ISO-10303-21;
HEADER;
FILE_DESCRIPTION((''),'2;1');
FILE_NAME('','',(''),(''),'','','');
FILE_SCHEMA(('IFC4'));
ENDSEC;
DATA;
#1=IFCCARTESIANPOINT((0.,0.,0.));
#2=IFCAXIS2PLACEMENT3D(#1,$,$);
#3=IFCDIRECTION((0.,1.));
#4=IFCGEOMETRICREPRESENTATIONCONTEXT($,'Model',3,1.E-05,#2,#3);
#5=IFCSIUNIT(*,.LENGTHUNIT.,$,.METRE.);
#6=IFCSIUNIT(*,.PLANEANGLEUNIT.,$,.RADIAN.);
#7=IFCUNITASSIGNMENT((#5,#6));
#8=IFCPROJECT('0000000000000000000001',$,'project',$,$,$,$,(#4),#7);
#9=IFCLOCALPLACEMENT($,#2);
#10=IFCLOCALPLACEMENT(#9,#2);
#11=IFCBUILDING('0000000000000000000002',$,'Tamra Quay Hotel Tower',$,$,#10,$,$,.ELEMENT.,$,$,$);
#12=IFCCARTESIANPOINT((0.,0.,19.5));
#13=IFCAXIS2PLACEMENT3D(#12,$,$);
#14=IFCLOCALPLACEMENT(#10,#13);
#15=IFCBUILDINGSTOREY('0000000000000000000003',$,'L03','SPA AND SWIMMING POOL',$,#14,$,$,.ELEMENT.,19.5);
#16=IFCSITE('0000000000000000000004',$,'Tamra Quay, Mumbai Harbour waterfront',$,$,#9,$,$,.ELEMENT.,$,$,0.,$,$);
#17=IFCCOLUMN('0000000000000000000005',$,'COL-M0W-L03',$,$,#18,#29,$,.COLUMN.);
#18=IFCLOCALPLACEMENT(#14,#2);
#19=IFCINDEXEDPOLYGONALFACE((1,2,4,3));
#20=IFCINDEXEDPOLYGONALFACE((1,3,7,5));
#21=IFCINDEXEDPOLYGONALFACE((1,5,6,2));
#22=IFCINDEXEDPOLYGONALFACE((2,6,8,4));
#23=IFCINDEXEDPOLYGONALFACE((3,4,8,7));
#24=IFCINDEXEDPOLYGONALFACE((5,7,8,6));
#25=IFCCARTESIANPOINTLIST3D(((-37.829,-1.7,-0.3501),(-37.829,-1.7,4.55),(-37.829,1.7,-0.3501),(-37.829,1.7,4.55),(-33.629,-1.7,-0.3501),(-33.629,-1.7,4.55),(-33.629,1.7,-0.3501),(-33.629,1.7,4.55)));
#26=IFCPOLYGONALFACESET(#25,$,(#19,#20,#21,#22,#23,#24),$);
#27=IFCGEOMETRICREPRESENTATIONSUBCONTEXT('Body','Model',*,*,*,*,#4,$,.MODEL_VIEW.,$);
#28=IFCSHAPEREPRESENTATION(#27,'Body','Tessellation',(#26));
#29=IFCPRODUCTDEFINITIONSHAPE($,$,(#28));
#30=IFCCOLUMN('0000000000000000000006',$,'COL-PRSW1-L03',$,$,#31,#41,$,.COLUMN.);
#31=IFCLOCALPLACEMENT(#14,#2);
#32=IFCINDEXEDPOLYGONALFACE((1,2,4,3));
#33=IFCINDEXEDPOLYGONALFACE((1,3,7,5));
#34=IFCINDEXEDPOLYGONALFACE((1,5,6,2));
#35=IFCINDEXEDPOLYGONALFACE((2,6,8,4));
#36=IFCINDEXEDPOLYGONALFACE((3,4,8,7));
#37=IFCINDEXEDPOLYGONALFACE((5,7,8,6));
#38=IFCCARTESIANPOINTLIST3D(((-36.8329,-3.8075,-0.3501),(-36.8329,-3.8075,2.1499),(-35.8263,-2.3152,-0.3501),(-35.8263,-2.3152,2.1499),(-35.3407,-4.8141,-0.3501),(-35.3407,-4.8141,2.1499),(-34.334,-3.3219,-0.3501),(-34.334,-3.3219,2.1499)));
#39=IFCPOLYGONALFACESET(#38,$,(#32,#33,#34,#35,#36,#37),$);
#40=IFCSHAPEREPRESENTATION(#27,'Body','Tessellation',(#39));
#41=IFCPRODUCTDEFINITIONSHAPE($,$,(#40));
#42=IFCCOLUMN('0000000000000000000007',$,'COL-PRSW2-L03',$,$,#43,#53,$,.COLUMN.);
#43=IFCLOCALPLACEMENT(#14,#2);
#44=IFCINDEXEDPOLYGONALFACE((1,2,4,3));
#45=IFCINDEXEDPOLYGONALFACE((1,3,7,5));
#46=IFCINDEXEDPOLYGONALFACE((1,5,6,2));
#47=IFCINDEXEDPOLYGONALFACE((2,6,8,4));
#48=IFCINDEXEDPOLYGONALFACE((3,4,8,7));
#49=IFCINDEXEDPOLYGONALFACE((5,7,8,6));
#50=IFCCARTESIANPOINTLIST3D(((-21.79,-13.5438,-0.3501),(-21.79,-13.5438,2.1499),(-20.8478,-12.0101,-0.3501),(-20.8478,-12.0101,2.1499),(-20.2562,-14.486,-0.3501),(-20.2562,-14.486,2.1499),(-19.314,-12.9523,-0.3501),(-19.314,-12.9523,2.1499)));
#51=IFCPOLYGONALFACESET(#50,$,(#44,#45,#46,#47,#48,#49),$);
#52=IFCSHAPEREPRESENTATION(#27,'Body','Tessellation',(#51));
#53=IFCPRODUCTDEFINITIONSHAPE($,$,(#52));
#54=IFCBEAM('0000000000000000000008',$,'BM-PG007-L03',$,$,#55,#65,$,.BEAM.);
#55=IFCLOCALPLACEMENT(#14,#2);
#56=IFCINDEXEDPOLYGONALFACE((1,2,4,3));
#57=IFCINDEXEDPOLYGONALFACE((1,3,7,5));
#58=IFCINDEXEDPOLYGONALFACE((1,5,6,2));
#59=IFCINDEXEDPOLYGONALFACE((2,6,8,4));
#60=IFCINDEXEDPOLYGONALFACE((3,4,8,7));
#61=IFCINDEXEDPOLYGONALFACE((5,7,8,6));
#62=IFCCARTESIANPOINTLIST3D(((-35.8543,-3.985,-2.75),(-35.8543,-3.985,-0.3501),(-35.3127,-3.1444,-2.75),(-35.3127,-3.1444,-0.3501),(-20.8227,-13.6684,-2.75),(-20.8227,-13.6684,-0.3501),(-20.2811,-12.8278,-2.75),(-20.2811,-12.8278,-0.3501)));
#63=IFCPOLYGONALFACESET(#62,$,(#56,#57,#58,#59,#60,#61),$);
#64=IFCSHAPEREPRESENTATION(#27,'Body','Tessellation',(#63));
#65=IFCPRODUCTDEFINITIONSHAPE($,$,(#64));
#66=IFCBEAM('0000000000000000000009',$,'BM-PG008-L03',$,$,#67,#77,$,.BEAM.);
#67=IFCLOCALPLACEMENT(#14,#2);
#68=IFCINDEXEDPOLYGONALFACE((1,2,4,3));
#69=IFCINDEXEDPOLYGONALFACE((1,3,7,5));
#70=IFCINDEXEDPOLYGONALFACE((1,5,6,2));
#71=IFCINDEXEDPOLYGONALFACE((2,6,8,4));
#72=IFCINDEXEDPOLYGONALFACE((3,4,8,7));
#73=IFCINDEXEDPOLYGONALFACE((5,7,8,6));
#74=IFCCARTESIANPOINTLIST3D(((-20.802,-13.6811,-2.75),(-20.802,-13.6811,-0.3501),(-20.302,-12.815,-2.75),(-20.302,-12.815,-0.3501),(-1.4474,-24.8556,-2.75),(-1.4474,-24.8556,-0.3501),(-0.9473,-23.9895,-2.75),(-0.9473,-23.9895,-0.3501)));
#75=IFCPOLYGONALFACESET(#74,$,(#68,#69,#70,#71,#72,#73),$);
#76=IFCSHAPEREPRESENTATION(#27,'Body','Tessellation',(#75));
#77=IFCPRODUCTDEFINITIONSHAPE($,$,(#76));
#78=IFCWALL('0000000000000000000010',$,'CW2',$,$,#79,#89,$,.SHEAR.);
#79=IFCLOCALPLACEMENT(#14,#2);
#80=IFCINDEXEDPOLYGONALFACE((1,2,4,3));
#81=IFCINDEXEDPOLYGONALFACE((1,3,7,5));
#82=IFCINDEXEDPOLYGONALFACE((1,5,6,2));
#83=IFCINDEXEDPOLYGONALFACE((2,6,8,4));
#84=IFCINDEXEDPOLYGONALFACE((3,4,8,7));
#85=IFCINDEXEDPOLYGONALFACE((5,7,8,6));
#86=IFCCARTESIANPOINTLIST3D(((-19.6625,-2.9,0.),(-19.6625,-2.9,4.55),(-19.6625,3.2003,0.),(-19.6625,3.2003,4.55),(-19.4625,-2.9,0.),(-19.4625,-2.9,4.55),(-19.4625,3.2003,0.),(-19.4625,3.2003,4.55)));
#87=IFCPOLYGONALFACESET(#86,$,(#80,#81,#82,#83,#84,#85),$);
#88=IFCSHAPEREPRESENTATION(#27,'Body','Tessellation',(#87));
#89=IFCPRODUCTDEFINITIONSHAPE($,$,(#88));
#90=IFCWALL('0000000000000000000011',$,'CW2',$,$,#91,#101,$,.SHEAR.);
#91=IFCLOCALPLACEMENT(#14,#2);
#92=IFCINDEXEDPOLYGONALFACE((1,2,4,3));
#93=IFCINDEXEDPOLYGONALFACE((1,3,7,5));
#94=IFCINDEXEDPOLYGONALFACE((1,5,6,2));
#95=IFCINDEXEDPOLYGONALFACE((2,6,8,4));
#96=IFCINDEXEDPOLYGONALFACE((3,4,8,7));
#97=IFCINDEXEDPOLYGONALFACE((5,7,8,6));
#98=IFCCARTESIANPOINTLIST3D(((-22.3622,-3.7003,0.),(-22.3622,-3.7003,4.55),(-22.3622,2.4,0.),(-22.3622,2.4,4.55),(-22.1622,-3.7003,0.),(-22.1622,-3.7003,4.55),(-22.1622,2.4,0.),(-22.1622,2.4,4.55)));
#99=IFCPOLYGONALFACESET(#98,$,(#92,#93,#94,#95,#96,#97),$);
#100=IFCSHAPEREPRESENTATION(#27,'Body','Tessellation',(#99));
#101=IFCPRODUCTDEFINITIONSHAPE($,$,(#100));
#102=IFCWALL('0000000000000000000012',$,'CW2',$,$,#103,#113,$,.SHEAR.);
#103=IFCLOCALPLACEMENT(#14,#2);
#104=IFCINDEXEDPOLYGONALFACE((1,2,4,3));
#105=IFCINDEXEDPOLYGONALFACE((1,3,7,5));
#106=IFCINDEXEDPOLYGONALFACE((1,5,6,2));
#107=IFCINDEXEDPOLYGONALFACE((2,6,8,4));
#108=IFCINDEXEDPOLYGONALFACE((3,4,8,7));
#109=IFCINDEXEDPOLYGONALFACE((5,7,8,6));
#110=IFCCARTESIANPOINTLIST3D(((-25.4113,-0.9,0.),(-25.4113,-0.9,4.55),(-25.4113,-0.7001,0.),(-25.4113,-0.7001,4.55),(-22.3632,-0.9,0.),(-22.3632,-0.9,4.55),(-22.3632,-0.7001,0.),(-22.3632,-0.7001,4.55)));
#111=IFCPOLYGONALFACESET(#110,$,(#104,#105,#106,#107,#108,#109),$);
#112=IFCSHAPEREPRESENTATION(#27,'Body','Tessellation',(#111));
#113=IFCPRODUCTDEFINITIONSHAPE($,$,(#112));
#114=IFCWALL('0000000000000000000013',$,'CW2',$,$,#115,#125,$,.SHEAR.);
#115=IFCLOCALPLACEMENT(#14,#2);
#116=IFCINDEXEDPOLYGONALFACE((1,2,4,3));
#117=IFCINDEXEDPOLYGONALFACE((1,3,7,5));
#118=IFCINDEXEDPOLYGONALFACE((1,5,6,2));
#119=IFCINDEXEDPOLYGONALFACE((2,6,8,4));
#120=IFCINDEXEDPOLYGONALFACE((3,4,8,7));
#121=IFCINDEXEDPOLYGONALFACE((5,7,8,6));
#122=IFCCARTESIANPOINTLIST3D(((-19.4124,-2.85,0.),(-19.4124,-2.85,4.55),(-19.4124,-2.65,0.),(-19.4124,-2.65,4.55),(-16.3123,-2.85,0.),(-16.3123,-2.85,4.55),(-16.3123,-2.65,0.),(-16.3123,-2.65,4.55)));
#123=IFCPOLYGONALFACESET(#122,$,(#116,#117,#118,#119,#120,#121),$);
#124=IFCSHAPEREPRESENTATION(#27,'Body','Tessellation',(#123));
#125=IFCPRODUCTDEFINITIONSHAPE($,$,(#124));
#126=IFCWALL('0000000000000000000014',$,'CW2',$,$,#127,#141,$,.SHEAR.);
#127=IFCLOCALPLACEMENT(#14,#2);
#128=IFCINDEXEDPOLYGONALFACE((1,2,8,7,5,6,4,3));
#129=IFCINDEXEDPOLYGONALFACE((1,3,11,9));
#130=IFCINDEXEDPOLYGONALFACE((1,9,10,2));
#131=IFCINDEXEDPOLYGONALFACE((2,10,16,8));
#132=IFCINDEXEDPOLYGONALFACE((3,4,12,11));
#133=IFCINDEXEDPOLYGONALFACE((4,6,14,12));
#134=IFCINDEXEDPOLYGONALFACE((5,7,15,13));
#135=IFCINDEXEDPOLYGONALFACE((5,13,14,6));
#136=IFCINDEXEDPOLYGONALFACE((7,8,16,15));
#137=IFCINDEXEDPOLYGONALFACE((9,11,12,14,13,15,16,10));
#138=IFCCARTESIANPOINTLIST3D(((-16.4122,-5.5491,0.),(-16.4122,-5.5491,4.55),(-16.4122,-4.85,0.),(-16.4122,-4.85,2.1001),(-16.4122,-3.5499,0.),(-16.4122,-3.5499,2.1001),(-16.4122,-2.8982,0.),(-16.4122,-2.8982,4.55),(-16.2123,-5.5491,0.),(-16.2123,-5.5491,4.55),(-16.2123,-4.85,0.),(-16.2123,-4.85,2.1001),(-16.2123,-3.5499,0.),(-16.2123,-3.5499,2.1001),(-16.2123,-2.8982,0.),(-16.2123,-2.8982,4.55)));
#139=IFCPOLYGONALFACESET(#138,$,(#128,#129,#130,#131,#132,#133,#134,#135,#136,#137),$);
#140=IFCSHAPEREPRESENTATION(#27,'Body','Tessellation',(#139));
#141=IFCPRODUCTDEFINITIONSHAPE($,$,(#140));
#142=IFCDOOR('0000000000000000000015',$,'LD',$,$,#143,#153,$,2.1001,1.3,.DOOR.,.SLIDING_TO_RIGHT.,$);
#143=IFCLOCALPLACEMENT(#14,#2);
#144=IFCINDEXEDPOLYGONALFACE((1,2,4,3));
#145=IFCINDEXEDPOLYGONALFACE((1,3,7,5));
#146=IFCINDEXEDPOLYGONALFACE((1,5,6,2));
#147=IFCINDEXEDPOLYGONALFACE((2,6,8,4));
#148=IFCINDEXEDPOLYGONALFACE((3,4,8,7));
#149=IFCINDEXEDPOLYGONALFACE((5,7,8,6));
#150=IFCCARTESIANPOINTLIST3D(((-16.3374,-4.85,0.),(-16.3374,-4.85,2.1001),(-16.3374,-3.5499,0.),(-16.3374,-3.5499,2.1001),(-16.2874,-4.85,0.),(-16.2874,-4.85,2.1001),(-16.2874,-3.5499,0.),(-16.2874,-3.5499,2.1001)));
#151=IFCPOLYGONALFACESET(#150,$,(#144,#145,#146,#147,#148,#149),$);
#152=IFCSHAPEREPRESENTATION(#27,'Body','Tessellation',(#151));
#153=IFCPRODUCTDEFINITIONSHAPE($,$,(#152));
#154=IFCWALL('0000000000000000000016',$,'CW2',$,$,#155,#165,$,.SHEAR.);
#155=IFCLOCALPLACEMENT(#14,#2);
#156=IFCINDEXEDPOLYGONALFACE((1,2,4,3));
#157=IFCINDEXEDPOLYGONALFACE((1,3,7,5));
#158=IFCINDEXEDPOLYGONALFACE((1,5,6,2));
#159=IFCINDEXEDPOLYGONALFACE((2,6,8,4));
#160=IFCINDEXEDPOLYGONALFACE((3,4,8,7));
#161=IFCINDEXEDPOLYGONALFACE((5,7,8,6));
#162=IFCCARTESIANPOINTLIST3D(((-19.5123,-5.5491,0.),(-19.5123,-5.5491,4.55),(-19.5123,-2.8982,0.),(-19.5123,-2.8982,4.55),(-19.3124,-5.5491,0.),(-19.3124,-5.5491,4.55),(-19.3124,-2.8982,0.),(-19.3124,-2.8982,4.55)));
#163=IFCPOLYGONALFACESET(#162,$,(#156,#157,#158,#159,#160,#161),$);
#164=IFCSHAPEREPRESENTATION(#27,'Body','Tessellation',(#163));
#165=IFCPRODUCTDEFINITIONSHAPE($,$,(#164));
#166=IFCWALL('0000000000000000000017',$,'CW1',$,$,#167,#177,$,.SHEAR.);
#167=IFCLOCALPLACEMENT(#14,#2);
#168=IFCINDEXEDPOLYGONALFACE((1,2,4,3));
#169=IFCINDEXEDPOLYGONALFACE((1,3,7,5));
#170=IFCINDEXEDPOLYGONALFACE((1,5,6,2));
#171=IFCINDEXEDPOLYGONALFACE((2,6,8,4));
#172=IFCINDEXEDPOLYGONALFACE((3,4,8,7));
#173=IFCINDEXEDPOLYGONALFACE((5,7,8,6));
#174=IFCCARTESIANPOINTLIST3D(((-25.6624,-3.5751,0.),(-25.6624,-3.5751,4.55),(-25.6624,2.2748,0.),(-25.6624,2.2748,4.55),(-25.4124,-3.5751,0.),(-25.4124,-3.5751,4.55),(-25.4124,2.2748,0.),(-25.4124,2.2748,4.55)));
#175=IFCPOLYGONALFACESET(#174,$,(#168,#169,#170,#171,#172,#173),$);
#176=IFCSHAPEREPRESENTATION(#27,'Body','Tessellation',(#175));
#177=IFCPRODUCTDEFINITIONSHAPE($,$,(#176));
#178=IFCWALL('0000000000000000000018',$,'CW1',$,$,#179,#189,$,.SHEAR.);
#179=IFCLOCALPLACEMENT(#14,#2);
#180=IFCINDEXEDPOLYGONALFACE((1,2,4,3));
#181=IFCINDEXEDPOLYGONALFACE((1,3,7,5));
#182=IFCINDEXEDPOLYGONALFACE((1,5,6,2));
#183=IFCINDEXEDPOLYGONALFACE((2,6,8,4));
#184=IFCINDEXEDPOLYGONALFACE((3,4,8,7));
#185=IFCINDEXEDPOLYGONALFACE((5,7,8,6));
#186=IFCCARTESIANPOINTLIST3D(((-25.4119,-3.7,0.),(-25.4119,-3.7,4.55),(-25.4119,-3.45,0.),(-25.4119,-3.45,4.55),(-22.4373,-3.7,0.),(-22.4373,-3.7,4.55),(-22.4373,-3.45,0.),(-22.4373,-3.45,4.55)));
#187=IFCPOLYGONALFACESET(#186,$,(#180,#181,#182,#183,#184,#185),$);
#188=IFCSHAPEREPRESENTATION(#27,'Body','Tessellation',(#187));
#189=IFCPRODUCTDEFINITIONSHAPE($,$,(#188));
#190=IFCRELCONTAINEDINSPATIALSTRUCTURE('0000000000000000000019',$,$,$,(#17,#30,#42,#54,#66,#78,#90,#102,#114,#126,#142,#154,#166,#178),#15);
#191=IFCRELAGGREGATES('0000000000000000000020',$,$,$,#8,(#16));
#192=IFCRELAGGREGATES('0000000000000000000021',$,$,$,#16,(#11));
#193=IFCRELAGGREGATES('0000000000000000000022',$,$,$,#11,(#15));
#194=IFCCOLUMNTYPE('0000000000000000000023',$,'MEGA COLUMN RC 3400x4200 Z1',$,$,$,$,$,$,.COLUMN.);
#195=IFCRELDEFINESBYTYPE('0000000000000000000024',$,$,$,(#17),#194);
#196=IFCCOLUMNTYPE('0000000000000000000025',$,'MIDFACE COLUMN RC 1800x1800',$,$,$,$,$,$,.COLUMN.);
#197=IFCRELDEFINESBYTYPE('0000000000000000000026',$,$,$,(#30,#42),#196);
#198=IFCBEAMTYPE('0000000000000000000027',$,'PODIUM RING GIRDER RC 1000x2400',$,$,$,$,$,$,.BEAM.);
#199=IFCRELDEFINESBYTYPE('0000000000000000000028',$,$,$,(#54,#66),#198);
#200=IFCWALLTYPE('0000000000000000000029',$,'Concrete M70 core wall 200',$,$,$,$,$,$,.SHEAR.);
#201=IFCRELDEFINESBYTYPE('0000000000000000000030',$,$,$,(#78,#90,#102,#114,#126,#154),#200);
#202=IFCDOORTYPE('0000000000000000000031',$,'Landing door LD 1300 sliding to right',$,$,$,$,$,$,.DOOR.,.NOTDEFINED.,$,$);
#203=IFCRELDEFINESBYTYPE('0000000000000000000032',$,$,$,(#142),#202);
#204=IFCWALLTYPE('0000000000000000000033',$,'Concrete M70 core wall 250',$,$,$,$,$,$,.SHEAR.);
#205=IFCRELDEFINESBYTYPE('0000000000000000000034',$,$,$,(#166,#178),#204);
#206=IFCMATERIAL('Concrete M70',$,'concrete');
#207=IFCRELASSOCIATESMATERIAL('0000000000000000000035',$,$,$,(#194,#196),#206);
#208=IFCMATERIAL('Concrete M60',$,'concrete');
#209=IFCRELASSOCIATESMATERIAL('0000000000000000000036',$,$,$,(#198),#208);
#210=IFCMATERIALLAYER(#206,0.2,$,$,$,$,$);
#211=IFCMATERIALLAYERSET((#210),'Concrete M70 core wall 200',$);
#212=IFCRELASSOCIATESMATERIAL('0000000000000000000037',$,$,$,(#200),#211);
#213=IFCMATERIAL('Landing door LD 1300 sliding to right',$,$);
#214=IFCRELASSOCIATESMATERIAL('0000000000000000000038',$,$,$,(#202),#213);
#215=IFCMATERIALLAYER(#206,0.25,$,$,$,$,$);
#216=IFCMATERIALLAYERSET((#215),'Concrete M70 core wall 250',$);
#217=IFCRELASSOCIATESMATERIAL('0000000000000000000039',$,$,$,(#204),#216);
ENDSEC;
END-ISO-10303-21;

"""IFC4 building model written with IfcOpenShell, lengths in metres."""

from ifc_helpers import new_model, si_unit, direction, frame, frame_2d, origin, origin_2d, place, context, subcontext, project, spatial, rectangle, extrude, material, layer, layer_set, material_profile, profile_set, type_object, element, fill, save


model = new_model("IFC4")

# Units and contexts
model_context = context("Model", 3, precision=1e-05, world=origin(), true_north=direction((0.0, 1.0)))
body_context = subcontext(model_context, "Body", "Model", "MODEL_VIEW")
ifc_project = project(units=[si_unit("LENGTHUNIT", "METRE"), si_unit("PLANEANGLEUNIT", "RADIAN")], contexts=[model_context])

# Site, building, storey
site_placement = place(None, origin())
site = spatial("IfcSite", under=ifc_project, at=site_placement, Name="Tamra Quay, Mumbai Harbour waterfront", CompositionType="ELEMENT", RefElevation=0.0)
building_placement = place(site_placement, origin())
building = spatial("IfcBuilding", under=site, at=building_placement, Name="Tamra Quay Hotel Tower", CompositionType="ELEMENT")
storey_placement = place(building_placement, frame((0.0, 0.0, 19.5)))
storey = spatial("IfcBuildingStorey", under=building, at=storey_placement, Name="L03", Description="SPA AND SWIMMING POOL", CompositionType="ELEMENT", Elevation=19.5)

# Columns
ifc_material_1 = material(Name="Concrete M70", Category="concrete")
ifc_material_profile_1 = material_profile(ifc_material_1, rectangle(XDim=4.2, YDim=3.3999, at=origin_2d()), Name="MEGA COLUMN RC 3400x4200 Z1")
ifc_profile_set_1 = profile_set([ifc_material_profile_1], Name="Concrete M70")
column_type_1 = type_object("IfcColumnType", Name="MEGA COLUMN RC 3400x4200 Z1", PredefinedType="COLUMN", material=ifc_profile_set_1)
column_placement = place(storey_placement, frame((-35.729, 0.0, -0.3501), z_axis=(0.0, 0.0, 1.0), x_axis=(1.0, 0.0, 0.0)))
element("IfcColumn", 1, at=column_placement, inside=storey, type_object=column_type_1, Name="COL-M0W-L03", PredefinedType="COLUMN", context=body_context, shape_type="SweptSolid", body=[
    extrude(rectangle(XDim=4.2, YDim=3.3999, at=origin_2d()), origin(), (0.0, 0.0, 1.0), 4.9001),
])
ifc_material_profile_2 = material_profile(ifc_material_1, rectangle(XDim=1.8, YDim=1.8, at=origin_2d()), Name="MIDFACE COLUMN RC 1800x1800")
ifc_profile_set_2 = profile_set([ifc_material_profile_2], Name="Concrete M70")
column_type_2 = type_object("IfcColumnType", Name="MIDFACE COLUMN RC 1800x1800", PredefinedType="COLUMN", material=ifc_profile_set_2)
for number, where, z_axis, x_axis, name in (
    (2, (-35.5835, -3.5647, -0.3501), (0.0, 0.0, 1.0), (0.55922, 0.829019, 0.0), "COL-PRSW1-L03"),
    (3, (-20.552, -13.248, -0.3501), (0.0, 0.0, 1.0), (0.52343, 0.852069, 0.0), "COL-PRSW2-L03"),
):
    element("IfcColumn", number, at=place(storey_placement, frame(where, z_axis=z_axis, x_axis=x_axis)), inside=storey, type_object=column_type_2, Name=name, PredefinedType="COLUMN", context=body_context, shape_type="SweptSolid", body=[
        extrude(rectangle(XDim=1.8, YDim=1.8, at=origin_2d()), origin(), (0.0, 0.0, 1.0), 2.5),
    ])

# Beams
ifc_material_2 = material(Name="Concrete M60", Category="concrete")
ifc_material_profile_3 = material_profile(ifc_material_2, rectangle(XDim=1.0, YDim=2.3999, at=origin_2d()), Name="PODIUM RING GIRDER RC 1000x2400")
ifc_profile_set_3 = profile_set([ifc_material_profile_3], Name="Concrete M60")
beam_type = type_object("IfcBeamType", Name="PODIUM RING GIRDER RC 1000x2400", PredefinedType="BEAM", material=ifc_profile_set_3)
beam_1_placement = place(storey_placement, frame((-35.5835, -3.5647, -1.55), z_axis=(0.840663, -0.541559, 0.0), x_axis=(0.541559, 0.840663, 0.0)))
element("IfcBeam", 4, at=beam_1_placement, inside=storey, type_object=beam_type, Name="BM-PG007-L03", PredefinedType="BEAM", context=body_context, shape_type="SweptSolid", body=[
    extrude(rectangle(XDim=1.0, YDim=2.3999, at=origin_2d()), origin(), (0.0, 0.0, 1.0), 17.8806),
])
beam_2_placement = place(storey_placement, frame((-20.552, -13.248, -1.55), z_axis=(0.866023, -0.500003, 0.0), x_axis=(0.500003, 0.866023, 0.0)))
element("IfcBeam", 5, at=beam_2_placement, inside=storey, type_object=beam_type, Name="BM-PG008-L03", PredefinedType="BEAM", context=body_context, shape_type="SweptSolid", body=[
    extrude(rectangle(XDim=1.0, YDim=2.3999, at=origin_2d()), origin(), (0.0, 0.0, 1.0), 22.3489),
])

# Walls
ifc_layer_1 = layer(ifc_material_1, 0.2)
ifc_layer_set_1 = layer_set([ifc_layer_1], Name="Concrete M70 core wall 200")
wall_type_1 = type_object("IfcWallType", Name="Concrete M70 core wall 200", PredefinedType="SHEAR", material=ifc_layer_set_1)
for number, where, z_axis, x_axis, name in (
    (6, (-19.5625, -2.9001, 0.0), (0.0, 0.0, 1.0), (0.0, 1.0, 0.0), "CW2"),
    (7, (-22.2622, 2.4001, 0.0), (0.0, 0.0, 1.0), (0.0, -1.0, 0.0), "CW2"),
):
    element("IfcWall", number, at=place(storey_placement, frame(where, z_axis=z_axis, x_axis=x_axis)), inside=storey, type_object=wall_type_1, Name=name, PredefinedType="SHEAR", context=body_context, shape_type="SweptSolid", body=[
        extrude(rectangle(XDim=6.1003, YDim=0.2, at=frame_2d((3.0503, 0.0))), origin(), (0.0, 0.0, 1.0), 4.55),
    ])
wall_1_placement = place(storey_placement, frame((-22.3633, -0.8, 0.0), z_axis=(0.0, 0.0, 1.0), x_axis=(-1.0, 0.0, 0.0)))
element("IfcWall", 8, at=wall_1_placement, inside=storey, type_object=wall_type_1, Name="CW2", PredefinedType="SHEAR", context=body_context, shape_type="SweptSolid", body=[
    extrude(rectangle(XDim=3.0481, YDim=0.2, at=frame_2d((1.5239, 0.0))), origin(), (0.0, 0.0, 1.0), 4.55),
])
wall_2_placement = place(storey_placement, frame((-19.4124, -2.75, 0.0), z_axis=(0.0, 0.0, 1.0), x_axis=(1.0, 0.0, 0.0)))
element("IfcWall", 9, at=wall_2_placement, inside=storey, type_object=wall_type_1, Name="CW2", PredefinedType="SHEAR", context=body_context, shape_type="SweptSolid", body=[
    extrude(rectangle(XDim=3.1001, YDim=0.2, at=frame_2d((1.55, 0.0))), origin(), (0.0, 0.0, 1.0), 4.55),
])

# Wall, opening, door
wall_3_placement = place(storey_placement, frame((-16.3123, -2.8982, 0.0), z_axis=(0.0, 0.0, 1.0), x_axis=(0.0, -1.0, 0.0)))
wall_3 = element("IfcWall", 10, at=wall_3_placement, inside=storey, type_object=wall_type_1, Name="CW2", PredefinedType="SHEAR", context=body_context, shape_type="SweptSolid", body=[
    extrude(rectangle(XDim=2.6509, YDim=0.2, at=frame_2d((1.3254, 0.0))), origin(), (0.0, 0.0, 1.0), 4.55),
])
opening_1_placement = place(wall_3_placement, frame((0.6519, 0.0, 0.0)))
opening_1 = element("IfcOpeningElement", 11, at=opening_1_placement, cuts=wall_3, PredefinedType="OPENING", context=body_context, shape_type="SweptSolid", body=[
    extrude(rectangle(XDim=1.3, YDim=2.1001, at=frame_2d((0.6499, 1.05))), frame((0.0, 0.1099, 0.0), z_axis=(0.0, -1.0, 0.0), x_axis=(1.0, 0.0, 0.0)), (0.0, 0.0, 1.0), 0.22),
])
ifc_material_3 = material(Name="Landing door LD 1300 sliding to right")
door_type_1 = type_object("IfcDoorType", Name="Landing door LD 1300 sliding to right", OperationType="NOTDEFINED", PredefinedType="DOOR", material=ifc_material_3)
door_1_placement = place(opening_1_placement, origin())
door_1 = element("IfcDoor", 12, at=door_1_placement, inside=storey, type_object=door_type_1, Name="LD", OperationType="SLIDING_TO_RIGHT", OverallHeight=2.1001, OverallWidth=1.3, PredefinedType="DOOR", context=body_context, shape_type="SweptSolid", body=[
    extrude(rectangle(XDim=1.3, YDim=2.1001, at=frame_2d((0.6499, 1.05))), frame((0.0, 0.0249, 0.0), z_axis=(0.0, -1.0, 0.0), x_axis=(1.0, 0.0, 0.0)), (0.0, 0.0, 1.0), 0.05),
])
fill(opening_1, door_1)

# Walls
wall_4_placement = place(storey_placement, frame((-19.4124, -5.5491, 0.0), z_axis=(0.0, 0.0, 1.0), x_axis=(0.0, 1.0, 0.0)))
element("IfcWall", 13, at=wall_4_placement, inside=storey, type_object=wall_type_1, Name="CW2", PredefinedType="SHEAR", context=body_context, shape_type="SweptSolid", body=[
    extrude(rectangle(XDim=2.6509, YDim=0.2, at=frame_2d((1.3254, 0.0))), origin(), (0.0, 0.0, 1.0), 4.55),
])
ifc_layer_2 = layer(ifc_material_1, 0.25)
ifc_layer_set_2 = layer_set([ifc_layer_2], Name="Concrete M70 core wall 250")
wall_type_2 = type_object("IfcWallType", Name="Concrete M70 core wall 250", PredefinedType="SHEAR", material=ifc_layer_set_2)
wall_5_placement = place(storey_placement, frame((-25.5374, -3.575, 0.0), z_axis=(0.0, 0.0, 1.0), x_axis=(0.0, 1.0, 0.0)))
element("IfcWall", 14, at=wall_5_placement, inside=storey, type_object=wall_type_2, Name="CW1", PredefinedType="SHEAR", context=body_context, shape_type="SweptSolid", body=[
    extrude(rectangle(XDim=5.8499, YDim=0.25, at=frame_2d((2.9248, 0.0))), origin(), (0.0, 0.0, 1.0), 4.55),
])
for number, where, z_axis, x_axis, name in (
    (15, (-22.4373, -3.575, 0.0), (0.0, 0.0, 1.0), (-1.0, 0.0, 0.0), "CW1"),
):
    element("IfcWall", number, at=place(storey_placement, frame(where, z_axis=z_axis, x_axis=x_axis)), inside=storey, type_object=wall_type_2, Name=name, PredefinedType="SHEAR", context=body_context, shape_type="SweptSolid", body=[
        extrude(rectangle(XDim=2.9746, YDim=0.25, at=frame_2d((1.4873, 0.0))), origin(), (0.0, 0.0, 1.0), 4.55),
    ])

save(model, "model.ifc")
